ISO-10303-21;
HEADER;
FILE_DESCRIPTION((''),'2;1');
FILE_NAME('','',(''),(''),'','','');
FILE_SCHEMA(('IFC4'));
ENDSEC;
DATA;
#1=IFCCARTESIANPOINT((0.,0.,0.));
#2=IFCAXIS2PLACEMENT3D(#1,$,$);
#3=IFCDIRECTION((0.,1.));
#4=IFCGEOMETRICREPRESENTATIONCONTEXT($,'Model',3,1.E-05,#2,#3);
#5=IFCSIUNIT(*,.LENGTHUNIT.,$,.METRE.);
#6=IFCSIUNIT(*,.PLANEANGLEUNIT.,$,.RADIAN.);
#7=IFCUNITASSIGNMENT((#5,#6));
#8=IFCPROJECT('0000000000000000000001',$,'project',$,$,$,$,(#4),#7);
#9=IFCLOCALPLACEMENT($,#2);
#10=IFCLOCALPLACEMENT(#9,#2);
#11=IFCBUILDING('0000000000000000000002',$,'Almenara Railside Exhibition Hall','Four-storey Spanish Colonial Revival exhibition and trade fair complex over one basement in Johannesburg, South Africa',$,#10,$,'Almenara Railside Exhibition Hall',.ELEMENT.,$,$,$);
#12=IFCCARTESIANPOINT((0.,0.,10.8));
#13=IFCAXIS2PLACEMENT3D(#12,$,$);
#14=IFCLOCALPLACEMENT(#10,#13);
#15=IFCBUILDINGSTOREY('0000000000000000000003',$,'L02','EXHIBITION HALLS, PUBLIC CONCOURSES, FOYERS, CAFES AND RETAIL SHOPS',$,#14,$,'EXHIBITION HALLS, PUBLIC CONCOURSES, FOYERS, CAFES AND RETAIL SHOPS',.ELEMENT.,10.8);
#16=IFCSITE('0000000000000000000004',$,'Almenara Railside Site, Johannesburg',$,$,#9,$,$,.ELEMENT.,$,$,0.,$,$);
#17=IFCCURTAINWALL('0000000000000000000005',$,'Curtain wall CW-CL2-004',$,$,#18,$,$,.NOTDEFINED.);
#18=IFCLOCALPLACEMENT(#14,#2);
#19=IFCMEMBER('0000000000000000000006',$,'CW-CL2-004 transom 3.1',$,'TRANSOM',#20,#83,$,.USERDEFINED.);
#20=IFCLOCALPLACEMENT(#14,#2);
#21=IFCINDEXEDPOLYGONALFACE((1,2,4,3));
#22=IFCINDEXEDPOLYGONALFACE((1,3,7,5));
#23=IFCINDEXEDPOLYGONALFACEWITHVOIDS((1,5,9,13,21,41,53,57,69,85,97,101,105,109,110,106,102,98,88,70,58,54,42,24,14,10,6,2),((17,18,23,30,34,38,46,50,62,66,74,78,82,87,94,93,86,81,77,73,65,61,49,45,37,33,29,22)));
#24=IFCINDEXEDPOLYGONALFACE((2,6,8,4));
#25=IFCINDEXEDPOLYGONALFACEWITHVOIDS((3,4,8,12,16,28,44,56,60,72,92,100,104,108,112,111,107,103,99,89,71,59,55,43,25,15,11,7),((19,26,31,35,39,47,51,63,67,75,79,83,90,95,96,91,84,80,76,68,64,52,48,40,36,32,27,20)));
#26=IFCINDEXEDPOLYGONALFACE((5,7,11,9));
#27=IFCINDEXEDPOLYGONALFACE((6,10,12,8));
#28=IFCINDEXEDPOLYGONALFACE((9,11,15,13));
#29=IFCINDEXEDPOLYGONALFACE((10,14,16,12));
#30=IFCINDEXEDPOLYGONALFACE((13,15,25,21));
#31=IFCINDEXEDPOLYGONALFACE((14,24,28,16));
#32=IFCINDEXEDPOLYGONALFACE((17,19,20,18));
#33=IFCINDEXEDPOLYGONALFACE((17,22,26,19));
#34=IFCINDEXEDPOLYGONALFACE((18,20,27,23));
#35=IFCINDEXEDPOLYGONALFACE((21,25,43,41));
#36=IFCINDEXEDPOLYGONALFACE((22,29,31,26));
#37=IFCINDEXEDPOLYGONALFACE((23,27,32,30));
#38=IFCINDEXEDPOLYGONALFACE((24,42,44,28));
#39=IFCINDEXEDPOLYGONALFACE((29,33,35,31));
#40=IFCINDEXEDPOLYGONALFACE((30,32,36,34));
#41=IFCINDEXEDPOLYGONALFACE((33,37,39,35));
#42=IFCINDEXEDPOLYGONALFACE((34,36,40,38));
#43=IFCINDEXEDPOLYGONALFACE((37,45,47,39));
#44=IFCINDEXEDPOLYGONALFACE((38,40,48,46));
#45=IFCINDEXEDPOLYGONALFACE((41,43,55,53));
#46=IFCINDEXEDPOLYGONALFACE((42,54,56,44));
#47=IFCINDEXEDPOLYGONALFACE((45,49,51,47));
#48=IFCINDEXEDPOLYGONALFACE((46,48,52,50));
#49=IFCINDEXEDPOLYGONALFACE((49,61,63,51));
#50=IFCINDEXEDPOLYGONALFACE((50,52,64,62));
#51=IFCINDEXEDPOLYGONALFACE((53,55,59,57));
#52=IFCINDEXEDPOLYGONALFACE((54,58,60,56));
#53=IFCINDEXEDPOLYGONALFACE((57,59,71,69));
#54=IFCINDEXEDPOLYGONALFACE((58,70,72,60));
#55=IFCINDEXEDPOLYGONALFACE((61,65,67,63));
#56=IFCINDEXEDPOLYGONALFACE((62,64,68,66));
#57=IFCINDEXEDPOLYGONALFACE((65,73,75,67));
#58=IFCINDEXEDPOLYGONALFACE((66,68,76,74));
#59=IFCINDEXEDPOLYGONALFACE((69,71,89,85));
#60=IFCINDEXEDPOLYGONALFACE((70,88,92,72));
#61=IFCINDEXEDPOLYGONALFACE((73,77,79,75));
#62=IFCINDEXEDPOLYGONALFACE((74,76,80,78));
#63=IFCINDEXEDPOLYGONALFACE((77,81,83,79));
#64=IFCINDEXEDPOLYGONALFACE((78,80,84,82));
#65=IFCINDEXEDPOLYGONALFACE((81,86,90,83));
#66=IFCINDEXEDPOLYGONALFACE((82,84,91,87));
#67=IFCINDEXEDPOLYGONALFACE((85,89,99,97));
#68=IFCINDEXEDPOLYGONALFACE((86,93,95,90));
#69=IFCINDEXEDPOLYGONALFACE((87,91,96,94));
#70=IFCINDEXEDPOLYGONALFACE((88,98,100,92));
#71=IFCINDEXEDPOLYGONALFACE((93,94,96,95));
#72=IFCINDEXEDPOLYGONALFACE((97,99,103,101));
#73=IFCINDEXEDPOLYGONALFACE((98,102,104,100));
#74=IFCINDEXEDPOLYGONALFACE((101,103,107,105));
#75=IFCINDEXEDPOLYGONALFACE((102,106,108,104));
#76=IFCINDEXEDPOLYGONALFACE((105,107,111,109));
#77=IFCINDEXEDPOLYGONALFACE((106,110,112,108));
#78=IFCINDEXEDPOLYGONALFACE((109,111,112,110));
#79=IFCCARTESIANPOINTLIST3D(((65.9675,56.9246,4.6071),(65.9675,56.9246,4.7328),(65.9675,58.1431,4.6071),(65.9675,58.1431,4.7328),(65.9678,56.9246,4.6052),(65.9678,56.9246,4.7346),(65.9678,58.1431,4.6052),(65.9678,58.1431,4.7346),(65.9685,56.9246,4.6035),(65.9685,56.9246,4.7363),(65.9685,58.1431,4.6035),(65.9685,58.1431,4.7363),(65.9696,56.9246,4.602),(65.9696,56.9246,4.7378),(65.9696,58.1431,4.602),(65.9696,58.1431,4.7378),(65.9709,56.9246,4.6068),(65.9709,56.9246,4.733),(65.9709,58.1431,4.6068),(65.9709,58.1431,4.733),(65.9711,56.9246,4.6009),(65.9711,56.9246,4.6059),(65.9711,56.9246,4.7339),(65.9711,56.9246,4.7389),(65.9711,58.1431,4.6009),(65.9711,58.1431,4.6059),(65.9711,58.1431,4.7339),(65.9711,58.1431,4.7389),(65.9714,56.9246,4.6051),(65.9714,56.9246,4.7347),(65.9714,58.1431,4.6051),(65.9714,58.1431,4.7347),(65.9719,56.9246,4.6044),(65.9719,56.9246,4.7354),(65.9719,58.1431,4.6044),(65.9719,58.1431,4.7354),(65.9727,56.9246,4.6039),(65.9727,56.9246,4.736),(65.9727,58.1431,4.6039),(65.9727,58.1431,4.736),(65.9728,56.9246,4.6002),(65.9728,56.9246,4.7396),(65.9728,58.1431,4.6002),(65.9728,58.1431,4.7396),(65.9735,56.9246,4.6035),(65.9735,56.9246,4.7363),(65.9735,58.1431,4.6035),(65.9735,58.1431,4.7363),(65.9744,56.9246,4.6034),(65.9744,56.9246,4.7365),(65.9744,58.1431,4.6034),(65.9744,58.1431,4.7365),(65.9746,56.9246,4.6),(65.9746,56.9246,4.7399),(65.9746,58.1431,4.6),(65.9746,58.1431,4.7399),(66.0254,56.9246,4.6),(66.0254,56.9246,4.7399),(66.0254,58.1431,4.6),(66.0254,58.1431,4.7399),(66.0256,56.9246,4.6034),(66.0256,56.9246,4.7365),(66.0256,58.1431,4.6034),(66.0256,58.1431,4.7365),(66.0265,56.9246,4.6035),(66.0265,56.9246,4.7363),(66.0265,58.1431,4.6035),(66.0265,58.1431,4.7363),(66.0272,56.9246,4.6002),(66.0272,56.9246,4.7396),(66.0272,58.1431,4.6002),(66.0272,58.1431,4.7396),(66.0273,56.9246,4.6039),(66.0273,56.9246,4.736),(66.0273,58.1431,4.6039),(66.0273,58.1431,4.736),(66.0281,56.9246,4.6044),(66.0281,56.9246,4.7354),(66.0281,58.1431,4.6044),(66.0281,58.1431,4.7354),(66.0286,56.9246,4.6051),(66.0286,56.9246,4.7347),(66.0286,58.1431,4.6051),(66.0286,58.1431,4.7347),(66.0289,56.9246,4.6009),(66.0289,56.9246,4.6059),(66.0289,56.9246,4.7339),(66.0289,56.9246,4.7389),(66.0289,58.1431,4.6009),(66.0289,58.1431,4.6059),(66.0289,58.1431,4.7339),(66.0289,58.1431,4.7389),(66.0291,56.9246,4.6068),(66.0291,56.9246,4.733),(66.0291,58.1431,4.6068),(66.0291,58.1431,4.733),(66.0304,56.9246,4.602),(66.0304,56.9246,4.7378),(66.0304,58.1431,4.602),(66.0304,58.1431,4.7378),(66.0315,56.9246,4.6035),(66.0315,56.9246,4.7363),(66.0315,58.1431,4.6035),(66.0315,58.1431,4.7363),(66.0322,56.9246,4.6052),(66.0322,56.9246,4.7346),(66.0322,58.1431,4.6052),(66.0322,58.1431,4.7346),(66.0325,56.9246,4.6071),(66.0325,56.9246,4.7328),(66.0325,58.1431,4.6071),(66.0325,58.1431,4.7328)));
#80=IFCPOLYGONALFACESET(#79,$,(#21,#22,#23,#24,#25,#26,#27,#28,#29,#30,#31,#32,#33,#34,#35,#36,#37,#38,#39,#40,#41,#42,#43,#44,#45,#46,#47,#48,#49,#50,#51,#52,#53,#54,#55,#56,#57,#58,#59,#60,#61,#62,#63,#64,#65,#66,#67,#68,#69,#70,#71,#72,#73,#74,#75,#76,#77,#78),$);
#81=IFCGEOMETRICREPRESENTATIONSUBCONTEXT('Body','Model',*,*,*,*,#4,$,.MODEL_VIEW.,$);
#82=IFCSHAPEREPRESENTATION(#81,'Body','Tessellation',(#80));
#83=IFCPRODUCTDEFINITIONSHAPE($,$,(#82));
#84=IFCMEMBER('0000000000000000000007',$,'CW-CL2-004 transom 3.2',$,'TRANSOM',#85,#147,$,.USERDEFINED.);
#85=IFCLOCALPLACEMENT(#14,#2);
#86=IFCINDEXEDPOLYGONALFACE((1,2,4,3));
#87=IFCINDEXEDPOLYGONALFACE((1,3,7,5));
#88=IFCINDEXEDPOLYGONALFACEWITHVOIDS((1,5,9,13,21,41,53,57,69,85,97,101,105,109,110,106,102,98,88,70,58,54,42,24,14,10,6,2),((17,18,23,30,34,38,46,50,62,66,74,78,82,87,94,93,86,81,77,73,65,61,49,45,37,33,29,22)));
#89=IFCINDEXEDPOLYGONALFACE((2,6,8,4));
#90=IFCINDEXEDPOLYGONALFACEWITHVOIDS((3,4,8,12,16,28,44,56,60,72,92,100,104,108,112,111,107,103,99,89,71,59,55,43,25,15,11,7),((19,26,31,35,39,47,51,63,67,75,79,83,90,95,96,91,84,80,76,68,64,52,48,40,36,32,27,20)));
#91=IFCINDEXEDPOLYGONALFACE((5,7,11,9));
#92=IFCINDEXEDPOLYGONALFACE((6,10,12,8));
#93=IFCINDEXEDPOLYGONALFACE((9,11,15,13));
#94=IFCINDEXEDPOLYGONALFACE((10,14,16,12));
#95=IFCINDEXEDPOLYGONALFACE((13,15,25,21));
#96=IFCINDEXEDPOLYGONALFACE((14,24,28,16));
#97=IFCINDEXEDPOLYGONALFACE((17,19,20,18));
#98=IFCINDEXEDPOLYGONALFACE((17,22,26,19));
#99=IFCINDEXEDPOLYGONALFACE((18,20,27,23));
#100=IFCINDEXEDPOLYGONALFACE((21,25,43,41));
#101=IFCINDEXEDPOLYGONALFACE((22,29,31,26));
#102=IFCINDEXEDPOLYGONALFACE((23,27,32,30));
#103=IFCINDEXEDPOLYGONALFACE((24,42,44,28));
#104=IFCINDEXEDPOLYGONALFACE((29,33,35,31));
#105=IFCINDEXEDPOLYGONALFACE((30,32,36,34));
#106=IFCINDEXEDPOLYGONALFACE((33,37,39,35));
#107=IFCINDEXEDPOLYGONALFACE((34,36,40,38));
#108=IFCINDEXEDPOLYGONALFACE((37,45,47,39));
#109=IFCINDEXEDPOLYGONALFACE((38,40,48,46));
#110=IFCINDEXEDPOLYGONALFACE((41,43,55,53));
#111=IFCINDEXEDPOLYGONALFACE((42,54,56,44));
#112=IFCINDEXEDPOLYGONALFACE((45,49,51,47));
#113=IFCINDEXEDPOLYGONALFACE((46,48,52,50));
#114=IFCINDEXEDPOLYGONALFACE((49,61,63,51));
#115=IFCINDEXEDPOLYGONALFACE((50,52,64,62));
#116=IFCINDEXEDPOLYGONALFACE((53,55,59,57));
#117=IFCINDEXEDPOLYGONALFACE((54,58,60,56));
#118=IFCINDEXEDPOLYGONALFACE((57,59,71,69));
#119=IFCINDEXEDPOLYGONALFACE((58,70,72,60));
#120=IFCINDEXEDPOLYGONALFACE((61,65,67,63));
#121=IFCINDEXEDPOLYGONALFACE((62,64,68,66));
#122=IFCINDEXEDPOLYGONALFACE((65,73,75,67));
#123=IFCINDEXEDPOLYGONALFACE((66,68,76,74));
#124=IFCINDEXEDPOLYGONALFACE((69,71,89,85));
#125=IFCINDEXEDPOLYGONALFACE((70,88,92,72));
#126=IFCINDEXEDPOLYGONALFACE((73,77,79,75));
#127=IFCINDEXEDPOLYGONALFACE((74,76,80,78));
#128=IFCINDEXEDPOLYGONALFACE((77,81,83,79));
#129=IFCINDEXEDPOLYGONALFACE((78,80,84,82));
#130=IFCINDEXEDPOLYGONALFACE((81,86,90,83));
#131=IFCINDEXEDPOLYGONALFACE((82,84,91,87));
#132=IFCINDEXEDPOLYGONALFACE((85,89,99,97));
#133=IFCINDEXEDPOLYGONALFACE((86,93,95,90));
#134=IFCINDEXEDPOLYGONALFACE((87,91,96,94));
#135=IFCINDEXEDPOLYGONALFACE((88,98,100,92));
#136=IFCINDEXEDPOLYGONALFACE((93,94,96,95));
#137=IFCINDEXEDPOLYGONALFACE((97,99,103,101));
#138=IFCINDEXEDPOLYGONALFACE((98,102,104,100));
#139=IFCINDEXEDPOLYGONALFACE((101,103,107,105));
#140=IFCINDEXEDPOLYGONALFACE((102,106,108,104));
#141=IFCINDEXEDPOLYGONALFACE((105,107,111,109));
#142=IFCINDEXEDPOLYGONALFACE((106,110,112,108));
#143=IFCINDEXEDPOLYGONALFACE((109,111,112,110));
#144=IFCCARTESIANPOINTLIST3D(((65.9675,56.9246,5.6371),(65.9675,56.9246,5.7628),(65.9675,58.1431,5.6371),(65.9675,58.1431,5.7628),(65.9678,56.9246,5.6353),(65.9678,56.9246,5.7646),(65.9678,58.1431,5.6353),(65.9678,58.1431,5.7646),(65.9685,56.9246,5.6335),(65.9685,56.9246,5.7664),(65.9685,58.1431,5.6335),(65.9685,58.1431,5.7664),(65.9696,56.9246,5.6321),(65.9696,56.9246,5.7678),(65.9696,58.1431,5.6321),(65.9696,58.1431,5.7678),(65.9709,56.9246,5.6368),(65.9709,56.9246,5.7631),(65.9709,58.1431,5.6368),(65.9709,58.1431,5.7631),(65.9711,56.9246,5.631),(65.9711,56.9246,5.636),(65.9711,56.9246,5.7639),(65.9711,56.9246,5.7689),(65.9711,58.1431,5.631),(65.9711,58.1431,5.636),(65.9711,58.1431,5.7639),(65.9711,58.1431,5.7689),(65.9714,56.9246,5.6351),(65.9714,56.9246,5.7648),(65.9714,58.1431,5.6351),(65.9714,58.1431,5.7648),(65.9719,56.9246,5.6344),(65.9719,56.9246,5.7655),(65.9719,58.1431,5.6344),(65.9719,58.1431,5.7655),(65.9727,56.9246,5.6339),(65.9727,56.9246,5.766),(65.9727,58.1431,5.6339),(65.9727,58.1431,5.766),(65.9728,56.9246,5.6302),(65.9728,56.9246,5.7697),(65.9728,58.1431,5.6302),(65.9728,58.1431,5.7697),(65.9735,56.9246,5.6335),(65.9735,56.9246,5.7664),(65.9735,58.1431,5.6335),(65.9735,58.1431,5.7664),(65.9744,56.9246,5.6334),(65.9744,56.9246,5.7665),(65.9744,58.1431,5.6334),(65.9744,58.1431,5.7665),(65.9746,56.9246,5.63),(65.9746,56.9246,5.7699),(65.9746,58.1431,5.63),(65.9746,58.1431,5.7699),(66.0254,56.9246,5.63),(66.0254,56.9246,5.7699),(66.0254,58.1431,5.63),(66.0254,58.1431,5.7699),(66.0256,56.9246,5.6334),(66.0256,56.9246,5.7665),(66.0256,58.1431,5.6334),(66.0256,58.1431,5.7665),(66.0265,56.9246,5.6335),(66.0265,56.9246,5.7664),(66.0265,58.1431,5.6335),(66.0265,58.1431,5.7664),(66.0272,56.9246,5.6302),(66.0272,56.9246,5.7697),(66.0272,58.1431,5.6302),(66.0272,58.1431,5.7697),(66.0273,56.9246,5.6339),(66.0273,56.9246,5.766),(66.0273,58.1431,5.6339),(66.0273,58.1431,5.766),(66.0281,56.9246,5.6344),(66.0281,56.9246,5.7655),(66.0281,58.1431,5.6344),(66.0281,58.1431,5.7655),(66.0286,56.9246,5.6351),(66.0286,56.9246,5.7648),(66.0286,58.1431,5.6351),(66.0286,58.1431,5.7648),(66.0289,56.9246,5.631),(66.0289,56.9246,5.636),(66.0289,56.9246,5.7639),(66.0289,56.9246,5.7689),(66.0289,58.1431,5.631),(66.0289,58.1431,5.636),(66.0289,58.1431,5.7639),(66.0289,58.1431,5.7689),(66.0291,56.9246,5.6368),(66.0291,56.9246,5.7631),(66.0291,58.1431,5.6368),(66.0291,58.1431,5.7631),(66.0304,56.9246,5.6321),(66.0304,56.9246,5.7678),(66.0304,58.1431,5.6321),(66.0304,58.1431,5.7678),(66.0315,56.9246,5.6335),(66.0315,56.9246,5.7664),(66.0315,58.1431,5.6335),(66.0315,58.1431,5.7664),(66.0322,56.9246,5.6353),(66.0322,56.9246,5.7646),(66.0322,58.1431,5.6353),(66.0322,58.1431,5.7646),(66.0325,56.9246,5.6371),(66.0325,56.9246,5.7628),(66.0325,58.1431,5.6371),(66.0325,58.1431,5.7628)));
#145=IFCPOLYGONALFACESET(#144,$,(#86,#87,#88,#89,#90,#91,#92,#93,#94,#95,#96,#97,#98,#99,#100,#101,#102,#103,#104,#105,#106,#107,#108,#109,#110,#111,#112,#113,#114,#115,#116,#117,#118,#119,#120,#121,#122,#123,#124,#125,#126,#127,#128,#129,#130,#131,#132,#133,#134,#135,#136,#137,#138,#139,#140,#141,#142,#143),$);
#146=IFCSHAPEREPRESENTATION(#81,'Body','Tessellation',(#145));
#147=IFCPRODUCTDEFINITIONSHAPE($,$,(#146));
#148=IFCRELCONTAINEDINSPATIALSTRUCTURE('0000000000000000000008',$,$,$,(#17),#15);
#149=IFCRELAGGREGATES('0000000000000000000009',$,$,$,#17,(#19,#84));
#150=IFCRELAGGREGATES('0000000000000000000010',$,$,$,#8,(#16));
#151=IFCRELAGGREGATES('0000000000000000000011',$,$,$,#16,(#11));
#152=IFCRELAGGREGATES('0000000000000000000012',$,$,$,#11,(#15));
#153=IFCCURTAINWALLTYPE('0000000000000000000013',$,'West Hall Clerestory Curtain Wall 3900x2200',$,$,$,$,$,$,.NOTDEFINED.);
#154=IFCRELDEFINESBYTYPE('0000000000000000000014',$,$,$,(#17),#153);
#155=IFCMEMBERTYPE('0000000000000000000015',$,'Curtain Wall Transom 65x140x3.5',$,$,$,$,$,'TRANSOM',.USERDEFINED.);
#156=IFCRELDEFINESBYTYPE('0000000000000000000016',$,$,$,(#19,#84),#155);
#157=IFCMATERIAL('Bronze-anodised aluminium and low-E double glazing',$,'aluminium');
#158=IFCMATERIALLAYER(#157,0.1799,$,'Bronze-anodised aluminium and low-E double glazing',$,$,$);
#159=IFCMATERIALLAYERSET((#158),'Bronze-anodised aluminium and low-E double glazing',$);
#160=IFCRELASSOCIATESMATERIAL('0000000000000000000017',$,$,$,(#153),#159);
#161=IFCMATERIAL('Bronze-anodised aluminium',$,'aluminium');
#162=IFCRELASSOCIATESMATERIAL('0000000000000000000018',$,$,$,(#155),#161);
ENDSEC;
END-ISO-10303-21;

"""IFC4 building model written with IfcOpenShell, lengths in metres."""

from ifc_helpers import new_model, si_unit, direction, frame, origin, origin_2d, place, context, subcontext, project, spatial, hollow_rectangle, extrude, material, layer, layer_set, material_profile, profile_set, type_object, element, aggregate, save


model = new_model("IFC4")

# Units and contexts
model_context = context("Model", 3, precision=1e-05, world=origin(), true_north=direction((0.0, 1.0)))
body_context = subcontext(model_context, "Body", "Model", "MODEL_VIEW")
ifc_project = project(units=[si_unit("LENGTHUNIT", "METRE"), si_unit("PLANEANGLEUNIT", "RADIAN")], contexts=[model_context])

# Site, building, storey
site_placement = place(None, origin())
site = spatial("IfcSite", under=ifc_project, at=site_placement, Name="Almenara Railside Site, Johannesburg", CompositionType="ELEMENT", RefElevation=0.0)
building_placement = place(site_placement, origin())
building = spatial("IfcBuilding", under=site, at=building_placement, Name="Almenara Railside Exhibition Hall", Description="Four-storey Spanish Colonial Revival exhibition and trade fair complex over one basement in Johannesburg, South Africa", LongName="Almenara Railside Exhibition Hall", CompositionType="ELEMENT")
storey_placement = place(building_placement, frame((0.0, 0.0, 10.8)))
storey = spatial("IfcBuildingStorey", under=building, at=storey_placement, Name="L02", Description="EXHIBITION HALLS, PUBLIC CONCOURSES, FOYERS, CAFES AND RETAIL SHOPS", LongName="EXHIBITION HALLS, PUBLIC CONCOURSES, FOYERS, CAFES AND RETAIL SHOPS", CompositionType="ELEMENT", Elevation=10.8)

# Curtain wall, members
ifc_material_1 = material(Name="Bronze-anodised aluminium and low-E double glazing", Category="aluminium")
ifc_layer_1 = layer(ifc_material_1, 0.1799, Name="Bronze-anodised aluminium and low-E double glazing")
ifc_layer_set_1 = layer_set([ifc_layer_1], Name="Bronze-anodised aluminium and low-E double glazing")
curtain_wall_type = type_object("IfcCurtainWallType", Name="West Hall Clerestory Curtain Wall 3900x2200", PredefinedType="NOTDEFINED", material=ifc_layer_set_1)
curtain_wall_placement = place(storey_placement, origin())
curtain_wall = element("IfcCurtainWall", 1, at=curtain_wall_placement, inside=storey, type_object=curtain_wall_type, Name="Curtain wall CW-CL2-004", PredefinedType="NOTDEFINED")
ifc_material_2 = material(Name="Bronze-anodised aluminium", Category="aluminium")
ifc_material_profile_1 = material_profile(ifc_material_2, hollow_rectangle(XDim=0.0649, YDim=0.1399, WallThickness=0.0034, InnerFilletRadius=0.0034, OuterFilletRadius=0.0071, at=origin_2d()), Name="ALU-TRN 65x140x3.5")
ifc_profile_set_1 = profile_set([ifc_material_profile_1], Name="Bronze-anodised aluminium")
member_type_1 = type_object("IfcMemberType", Name="Curtain Wall Transom 65x140x3.5", ElementType="TRANSOM", PredefinedType="USERDEFINED", material=ifc_profile_set_1)
member_1_placement = place(storey_placement, frame((66.0, 56.9246, 4.6699), z_axis=(0.0, 1.0, 0.0), x_axis=(-1.0, 0.0, 0.0)))
member_1 = element("IfcMember", 2, at=member_1_placement, type_object=member_type_1, Name="CW-CL2-004 transom 3.1", ObjectType="TRANSOM", PredefinedType="USERDEFINED", context=body_context, shape_type="SweptSolid", body=[
    extrude(hollow_rectangle(XDim=0.0649, YDim=0.1399, WallThickness=0.0034, InnerFilletRadius=0.0034, OuterFilletRadius=0.0071, at=origin_2d()), origin(), (0.0, 0.0, 1.0), 1.2185),
])
member_2_placement = place(storey_placement, frame((66.0, 56.9246, 5.7), z_axis=(0.0, 1.0, 0.0), x_axis=(-1.0, 0.0, 0.0)))
member_2 = element("IfcMember", 3, at=member_2_placement, type_object=member_type_1, Name="CW-CL2-004 transom 3.2", ObjectType="TRANSOM", PredefinedType="USERDEFINED", context=body_context, shape_type="SweptSolid", body=[
    extrude(hollow_rectangle(XDim=0.0649, YDim=0.1399, WallThickness=0.0034, InnerFilletRadius=0.0034, OuterFilletRadius=0.0071, at=origin_2d()), origin(), (0.0, 0.0, 1.0), 1.2185),
])
aggregate(curtain_wall, [member_1, member_2])

save(model, "model.ifc")
